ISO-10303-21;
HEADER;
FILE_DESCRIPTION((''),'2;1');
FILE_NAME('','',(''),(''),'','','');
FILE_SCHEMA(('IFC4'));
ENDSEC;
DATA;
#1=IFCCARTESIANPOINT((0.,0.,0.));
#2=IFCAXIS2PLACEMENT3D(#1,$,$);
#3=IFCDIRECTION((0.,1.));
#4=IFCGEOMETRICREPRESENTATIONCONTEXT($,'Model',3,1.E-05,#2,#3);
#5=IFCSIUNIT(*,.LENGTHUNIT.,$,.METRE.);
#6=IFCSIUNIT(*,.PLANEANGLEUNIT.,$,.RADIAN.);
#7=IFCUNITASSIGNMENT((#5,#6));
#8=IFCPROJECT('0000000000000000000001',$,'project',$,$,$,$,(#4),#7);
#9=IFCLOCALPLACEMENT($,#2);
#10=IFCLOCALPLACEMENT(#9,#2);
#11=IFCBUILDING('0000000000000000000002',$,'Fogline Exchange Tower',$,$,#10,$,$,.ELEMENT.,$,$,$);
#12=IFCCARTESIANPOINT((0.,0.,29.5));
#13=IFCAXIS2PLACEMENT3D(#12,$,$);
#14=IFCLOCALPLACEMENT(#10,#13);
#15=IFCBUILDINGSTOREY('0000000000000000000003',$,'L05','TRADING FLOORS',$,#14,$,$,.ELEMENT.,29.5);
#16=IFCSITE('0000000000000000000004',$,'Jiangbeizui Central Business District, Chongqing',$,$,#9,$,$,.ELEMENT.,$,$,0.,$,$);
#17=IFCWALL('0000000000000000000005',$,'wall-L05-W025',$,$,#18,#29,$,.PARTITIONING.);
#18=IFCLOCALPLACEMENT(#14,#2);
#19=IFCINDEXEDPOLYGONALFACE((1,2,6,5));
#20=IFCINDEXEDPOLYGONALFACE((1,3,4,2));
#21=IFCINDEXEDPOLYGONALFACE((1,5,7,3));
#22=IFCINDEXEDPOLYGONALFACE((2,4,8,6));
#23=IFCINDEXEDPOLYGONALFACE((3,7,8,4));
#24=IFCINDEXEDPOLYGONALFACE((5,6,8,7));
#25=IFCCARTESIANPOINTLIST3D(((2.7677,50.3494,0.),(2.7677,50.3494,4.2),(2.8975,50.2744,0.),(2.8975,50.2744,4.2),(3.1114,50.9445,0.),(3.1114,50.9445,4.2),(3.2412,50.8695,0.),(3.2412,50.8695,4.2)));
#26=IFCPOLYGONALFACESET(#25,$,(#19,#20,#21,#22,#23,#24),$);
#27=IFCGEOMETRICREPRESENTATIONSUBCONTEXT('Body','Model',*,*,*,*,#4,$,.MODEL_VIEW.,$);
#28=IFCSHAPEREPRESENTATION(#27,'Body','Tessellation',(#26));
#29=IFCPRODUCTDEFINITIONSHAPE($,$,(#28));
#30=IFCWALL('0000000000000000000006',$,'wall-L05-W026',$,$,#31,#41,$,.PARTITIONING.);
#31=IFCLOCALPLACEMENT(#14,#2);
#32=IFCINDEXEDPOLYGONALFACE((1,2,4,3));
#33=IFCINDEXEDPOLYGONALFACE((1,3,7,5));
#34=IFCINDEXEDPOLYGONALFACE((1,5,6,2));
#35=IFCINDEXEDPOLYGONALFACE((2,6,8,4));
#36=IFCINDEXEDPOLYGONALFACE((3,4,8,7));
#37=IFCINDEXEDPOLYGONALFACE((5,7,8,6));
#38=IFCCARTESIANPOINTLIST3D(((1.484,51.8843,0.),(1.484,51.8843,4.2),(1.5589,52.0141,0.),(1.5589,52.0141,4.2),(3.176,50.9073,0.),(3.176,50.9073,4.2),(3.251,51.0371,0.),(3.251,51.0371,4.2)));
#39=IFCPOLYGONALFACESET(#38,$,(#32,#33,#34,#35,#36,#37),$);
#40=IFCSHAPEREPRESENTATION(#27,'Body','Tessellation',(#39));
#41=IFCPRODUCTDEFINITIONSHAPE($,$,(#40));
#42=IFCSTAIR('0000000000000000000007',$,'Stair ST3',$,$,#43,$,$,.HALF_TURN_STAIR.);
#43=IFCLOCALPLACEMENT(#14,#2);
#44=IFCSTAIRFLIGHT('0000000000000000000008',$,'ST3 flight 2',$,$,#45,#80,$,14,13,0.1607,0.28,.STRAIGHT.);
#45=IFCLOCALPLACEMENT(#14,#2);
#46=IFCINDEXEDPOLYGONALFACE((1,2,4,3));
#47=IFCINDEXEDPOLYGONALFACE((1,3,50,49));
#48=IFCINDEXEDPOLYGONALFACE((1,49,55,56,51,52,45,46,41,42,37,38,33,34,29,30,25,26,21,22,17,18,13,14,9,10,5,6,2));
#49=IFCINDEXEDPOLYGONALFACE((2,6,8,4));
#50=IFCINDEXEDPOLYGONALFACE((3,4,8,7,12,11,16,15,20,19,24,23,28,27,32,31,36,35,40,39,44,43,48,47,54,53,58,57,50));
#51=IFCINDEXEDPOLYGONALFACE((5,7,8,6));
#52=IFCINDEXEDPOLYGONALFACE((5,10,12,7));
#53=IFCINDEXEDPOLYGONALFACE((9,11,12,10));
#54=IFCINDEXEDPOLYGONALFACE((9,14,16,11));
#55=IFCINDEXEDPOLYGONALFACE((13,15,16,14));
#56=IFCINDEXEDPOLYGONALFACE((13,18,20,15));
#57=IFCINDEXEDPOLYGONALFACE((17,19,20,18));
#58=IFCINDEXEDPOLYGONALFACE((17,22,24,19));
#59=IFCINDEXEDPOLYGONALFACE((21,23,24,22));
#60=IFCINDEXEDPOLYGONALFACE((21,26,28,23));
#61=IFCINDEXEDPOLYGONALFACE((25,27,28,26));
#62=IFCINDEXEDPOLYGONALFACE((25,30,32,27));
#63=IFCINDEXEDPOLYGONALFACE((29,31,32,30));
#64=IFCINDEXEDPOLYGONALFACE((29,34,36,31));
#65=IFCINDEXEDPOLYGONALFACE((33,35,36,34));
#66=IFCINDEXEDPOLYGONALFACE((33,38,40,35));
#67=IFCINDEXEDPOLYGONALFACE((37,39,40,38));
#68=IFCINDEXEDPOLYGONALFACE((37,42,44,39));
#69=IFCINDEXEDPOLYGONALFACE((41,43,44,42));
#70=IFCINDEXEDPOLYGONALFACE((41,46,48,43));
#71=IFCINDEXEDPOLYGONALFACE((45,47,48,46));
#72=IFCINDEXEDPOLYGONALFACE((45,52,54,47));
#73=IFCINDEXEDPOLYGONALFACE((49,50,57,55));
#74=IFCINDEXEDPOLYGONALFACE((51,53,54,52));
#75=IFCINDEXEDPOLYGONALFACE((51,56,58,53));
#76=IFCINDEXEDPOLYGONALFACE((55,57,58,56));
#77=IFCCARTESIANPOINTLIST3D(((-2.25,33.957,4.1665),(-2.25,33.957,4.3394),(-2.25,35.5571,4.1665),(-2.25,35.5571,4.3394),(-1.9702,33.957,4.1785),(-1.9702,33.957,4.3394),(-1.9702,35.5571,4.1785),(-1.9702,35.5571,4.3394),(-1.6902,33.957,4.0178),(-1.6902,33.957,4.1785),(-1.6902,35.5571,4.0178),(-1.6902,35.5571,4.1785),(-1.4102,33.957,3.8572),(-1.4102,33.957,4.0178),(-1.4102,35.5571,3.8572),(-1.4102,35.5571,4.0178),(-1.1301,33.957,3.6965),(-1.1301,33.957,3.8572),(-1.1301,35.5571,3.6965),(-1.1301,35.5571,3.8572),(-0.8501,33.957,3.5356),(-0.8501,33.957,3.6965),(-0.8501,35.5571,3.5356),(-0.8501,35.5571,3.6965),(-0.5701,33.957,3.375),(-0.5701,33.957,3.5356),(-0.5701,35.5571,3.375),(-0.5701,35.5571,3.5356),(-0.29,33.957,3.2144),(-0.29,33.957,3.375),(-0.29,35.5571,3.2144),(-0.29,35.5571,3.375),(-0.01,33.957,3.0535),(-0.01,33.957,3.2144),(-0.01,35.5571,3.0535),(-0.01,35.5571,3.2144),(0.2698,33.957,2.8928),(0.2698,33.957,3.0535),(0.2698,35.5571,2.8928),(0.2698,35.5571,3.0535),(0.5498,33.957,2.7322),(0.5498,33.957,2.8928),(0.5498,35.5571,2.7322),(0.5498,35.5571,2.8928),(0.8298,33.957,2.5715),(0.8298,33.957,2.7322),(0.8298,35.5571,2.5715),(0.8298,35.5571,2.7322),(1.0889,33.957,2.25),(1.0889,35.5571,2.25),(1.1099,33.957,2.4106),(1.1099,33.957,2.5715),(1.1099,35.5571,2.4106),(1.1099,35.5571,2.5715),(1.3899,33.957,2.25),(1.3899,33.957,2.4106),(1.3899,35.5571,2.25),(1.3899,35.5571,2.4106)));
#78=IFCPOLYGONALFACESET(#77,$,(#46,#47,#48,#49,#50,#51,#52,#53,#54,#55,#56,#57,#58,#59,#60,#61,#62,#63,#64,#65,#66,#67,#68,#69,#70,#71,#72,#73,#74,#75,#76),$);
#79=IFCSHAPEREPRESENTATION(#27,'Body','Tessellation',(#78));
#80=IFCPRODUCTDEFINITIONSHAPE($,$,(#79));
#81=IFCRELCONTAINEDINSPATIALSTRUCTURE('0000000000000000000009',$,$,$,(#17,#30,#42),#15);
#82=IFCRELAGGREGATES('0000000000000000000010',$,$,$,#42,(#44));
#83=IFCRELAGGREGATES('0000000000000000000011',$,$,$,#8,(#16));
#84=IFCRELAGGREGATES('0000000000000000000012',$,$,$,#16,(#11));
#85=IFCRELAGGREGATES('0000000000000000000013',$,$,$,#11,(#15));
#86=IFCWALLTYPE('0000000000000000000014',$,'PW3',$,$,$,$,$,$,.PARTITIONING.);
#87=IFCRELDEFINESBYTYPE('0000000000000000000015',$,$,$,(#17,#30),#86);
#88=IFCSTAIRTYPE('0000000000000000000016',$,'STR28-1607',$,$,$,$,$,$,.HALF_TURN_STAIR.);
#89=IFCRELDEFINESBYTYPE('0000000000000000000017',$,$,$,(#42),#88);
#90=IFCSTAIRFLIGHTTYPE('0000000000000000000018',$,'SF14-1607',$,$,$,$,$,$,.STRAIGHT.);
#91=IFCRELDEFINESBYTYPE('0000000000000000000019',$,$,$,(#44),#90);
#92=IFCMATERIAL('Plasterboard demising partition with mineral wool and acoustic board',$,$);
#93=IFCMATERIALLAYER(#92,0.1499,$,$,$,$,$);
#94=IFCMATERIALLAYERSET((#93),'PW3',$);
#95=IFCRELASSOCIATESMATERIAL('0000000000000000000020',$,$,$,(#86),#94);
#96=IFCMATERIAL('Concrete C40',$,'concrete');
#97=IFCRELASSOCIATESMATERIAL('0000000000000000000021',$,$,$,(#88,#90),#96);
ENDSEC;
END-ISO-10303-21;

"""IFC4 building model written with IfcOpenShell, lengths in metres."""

from ifc_helpers import new_model, si_unit, direction, frame, frame_2d, origin, place, context, subcontext, project, spatial, polyline, rectangle, outline, extrude, material, layer, layer_set, type_object, element, aggregate, save


model = new_model("IFC4")

# Units and contexts
model_context = context("Model", 3, precision=1e-05, world=origin(), true_north=direction((0.0, 1.0)))
body_context = subcontext(model_context, "Body", "Model", "MODEL_VIEW")
ifc_project = project(units=[si_unit("LENGTHUNIT", "METRE"), si_unit("PLANEANGLEUNIT", "RADIAN")], contexts=[model_context])

# Site, building, storey
site_placement = place(None, origin())
site = spatial("IfcSite", under=ifc_project, at=site_placement, Name="Jiangbeizui Central Business District, Chongqing", CompositionType="ELEMENT", RefElevation=0.0)
building_placement = place(site_placement, origin())
building = spatial("IfcBuilding", under=site, at=building_placement, Name="Fogline Exchange Tower", CompositionType="ELEMENT")
storey_placement = place(building_placement, frame((0.0, 0.0, 29.5)))
storey = spatial("IfcBuildingStorey", under=building, at=storey_placement, Name="L05", Description="TRADING FLOORS", CompositionType="ELEMENT", Elevation=29.5)

# Shared definitions
ifc_material_1 = material(Name="Concrete C40", Category="concrete")

# Shared definitions
ifc_material_2 = material(Name="Plasterboard demising partition with mineral wool and acoustic board")
ifc_layer_1 = layer(ifc_material_2, 0.1499)
ifc_layer_set_1 = layer_set([ifc_layer_1], Name="PW3")
wall_type_1 = type_object("IfcWallType", Name="PW3", PredefinedType="PARTITIONING", material=ifc_layer_set_1)

# Walls
wall_1_placement = place(storey_placement, frame((2.8325, 50.3118, 0.0), z_axis=(0.0, 0.0, 1.0), x_axis=(0.500112, 0.865961, 0.0)))
element("IfcWall", 1, at=wall_1_placement, inside=storey, type_object=wall_type_1, Name="wall-L05-W025", PredefinedType="PARTITIONING", context=body_context, shape_type="SweptSolid", body=[
    extrude(rectangle(XDim=0.6873, YDim=0.1499, at=frame_2d((0.3438, 0.0))), origin(), (0.0, 0.0, 1.0), 4.2),
])
wall_2_placement = place(storey_placement, frame((3.2136, 50.9722, 0.0), z_axis=(0.0, 0.0, 1.0), x_axis=(-0.866005, 0.500036, 0.0)))
element("IfcWall", 2, at=wall_2_placement, inside=storey, type_object=wall_type_1, Name="wall-L05-W026", PredefinedType="PARTITIONING", context=body_context, shape_type="SweptSolid", body=[
    extrude(rectangle(XDim=1.9539, YDim=0.1499, at=frame_2d((0.9771, 0.0))), origin(), (0.0, 0.0, 1.0), 4.2),
])

# Stair, stair flight
stair_type = type_object("IfcStairType", Name="STR28-1607", PredefinedType="HALF_TURN_STAIR", material=ifc_material_1)
stair_placement = place(storey_placement, origin())
stair = element("IfcStair", 3, at=stair_placement, inside=storey, type_object=stair_type, Name="Stair ST3", PredefinedType="HALF_TURN_STAIR")
stair_flight_type = type_object("IfcStairFlightType", Name="SF14-1607", PredefinedType="STRAIGHT", material=ifc_material_1)
stair_flight_placement = place(storey_placement, frame((1.3899, 34.7571, 2.25), z_axis=(0.0, 0.0, 1.0), x_axis=(-1.0, 0.0, 0.0)))
stair_flight = element("IfcStairFlight", 4, at=stair_flight_placement, type_object=stair_flight_type, Name="ST3 flight 2", NumberOfRisers=14, NumberOfTreads=13, PredefinedType="STRAIGHT", RiserHeight=0.1607, TreadLength=0.28, context=body_context, shape_type="SweptSolid", body=[
    extrude(outline(polyline([(0.0, 0.0), (0.0, 0.1606), (0.28, 0.1606), (0.28, 0.3215), (0.5601, 0.3215), (0.5601, 0.4822), (0.8401, 0.4822), (0.8401, 0.6428), (1.1201, 0.6428), (1.1201, 0.8035), (1.3999, 0.8035), (1.3999, 0.9644), (1.6799, 0.9644), (1.6799, 1.125), (1.96, 1.125), (1.96, 1.2856), (2.24, 1.2856), (2.24, 1.4465), (2.52, 1.4465), (2.52, 1.6072), (2.8, 1.6072), (2.8, 1.7678), (3.0801, 1.7678), (3.0801, 1.9285), (3.3601, 1.9285), (3.3601, 2.0894), (3.6399, 2.0894), (3.6399, 2.25), (3.6399, 1.9165), (0.301, 0.0), (0.0, 0.0)])), frame((0.0, 0.8, 0.0), z_axis=(0.0, -1.0, 0.0), x_axis=(1.0, 0.0, 0.0)), (0.0, 0.0, 1.0), 1.6001),
])
aggregate(stair, [stair_flight])

save(model, "model.ifc")
